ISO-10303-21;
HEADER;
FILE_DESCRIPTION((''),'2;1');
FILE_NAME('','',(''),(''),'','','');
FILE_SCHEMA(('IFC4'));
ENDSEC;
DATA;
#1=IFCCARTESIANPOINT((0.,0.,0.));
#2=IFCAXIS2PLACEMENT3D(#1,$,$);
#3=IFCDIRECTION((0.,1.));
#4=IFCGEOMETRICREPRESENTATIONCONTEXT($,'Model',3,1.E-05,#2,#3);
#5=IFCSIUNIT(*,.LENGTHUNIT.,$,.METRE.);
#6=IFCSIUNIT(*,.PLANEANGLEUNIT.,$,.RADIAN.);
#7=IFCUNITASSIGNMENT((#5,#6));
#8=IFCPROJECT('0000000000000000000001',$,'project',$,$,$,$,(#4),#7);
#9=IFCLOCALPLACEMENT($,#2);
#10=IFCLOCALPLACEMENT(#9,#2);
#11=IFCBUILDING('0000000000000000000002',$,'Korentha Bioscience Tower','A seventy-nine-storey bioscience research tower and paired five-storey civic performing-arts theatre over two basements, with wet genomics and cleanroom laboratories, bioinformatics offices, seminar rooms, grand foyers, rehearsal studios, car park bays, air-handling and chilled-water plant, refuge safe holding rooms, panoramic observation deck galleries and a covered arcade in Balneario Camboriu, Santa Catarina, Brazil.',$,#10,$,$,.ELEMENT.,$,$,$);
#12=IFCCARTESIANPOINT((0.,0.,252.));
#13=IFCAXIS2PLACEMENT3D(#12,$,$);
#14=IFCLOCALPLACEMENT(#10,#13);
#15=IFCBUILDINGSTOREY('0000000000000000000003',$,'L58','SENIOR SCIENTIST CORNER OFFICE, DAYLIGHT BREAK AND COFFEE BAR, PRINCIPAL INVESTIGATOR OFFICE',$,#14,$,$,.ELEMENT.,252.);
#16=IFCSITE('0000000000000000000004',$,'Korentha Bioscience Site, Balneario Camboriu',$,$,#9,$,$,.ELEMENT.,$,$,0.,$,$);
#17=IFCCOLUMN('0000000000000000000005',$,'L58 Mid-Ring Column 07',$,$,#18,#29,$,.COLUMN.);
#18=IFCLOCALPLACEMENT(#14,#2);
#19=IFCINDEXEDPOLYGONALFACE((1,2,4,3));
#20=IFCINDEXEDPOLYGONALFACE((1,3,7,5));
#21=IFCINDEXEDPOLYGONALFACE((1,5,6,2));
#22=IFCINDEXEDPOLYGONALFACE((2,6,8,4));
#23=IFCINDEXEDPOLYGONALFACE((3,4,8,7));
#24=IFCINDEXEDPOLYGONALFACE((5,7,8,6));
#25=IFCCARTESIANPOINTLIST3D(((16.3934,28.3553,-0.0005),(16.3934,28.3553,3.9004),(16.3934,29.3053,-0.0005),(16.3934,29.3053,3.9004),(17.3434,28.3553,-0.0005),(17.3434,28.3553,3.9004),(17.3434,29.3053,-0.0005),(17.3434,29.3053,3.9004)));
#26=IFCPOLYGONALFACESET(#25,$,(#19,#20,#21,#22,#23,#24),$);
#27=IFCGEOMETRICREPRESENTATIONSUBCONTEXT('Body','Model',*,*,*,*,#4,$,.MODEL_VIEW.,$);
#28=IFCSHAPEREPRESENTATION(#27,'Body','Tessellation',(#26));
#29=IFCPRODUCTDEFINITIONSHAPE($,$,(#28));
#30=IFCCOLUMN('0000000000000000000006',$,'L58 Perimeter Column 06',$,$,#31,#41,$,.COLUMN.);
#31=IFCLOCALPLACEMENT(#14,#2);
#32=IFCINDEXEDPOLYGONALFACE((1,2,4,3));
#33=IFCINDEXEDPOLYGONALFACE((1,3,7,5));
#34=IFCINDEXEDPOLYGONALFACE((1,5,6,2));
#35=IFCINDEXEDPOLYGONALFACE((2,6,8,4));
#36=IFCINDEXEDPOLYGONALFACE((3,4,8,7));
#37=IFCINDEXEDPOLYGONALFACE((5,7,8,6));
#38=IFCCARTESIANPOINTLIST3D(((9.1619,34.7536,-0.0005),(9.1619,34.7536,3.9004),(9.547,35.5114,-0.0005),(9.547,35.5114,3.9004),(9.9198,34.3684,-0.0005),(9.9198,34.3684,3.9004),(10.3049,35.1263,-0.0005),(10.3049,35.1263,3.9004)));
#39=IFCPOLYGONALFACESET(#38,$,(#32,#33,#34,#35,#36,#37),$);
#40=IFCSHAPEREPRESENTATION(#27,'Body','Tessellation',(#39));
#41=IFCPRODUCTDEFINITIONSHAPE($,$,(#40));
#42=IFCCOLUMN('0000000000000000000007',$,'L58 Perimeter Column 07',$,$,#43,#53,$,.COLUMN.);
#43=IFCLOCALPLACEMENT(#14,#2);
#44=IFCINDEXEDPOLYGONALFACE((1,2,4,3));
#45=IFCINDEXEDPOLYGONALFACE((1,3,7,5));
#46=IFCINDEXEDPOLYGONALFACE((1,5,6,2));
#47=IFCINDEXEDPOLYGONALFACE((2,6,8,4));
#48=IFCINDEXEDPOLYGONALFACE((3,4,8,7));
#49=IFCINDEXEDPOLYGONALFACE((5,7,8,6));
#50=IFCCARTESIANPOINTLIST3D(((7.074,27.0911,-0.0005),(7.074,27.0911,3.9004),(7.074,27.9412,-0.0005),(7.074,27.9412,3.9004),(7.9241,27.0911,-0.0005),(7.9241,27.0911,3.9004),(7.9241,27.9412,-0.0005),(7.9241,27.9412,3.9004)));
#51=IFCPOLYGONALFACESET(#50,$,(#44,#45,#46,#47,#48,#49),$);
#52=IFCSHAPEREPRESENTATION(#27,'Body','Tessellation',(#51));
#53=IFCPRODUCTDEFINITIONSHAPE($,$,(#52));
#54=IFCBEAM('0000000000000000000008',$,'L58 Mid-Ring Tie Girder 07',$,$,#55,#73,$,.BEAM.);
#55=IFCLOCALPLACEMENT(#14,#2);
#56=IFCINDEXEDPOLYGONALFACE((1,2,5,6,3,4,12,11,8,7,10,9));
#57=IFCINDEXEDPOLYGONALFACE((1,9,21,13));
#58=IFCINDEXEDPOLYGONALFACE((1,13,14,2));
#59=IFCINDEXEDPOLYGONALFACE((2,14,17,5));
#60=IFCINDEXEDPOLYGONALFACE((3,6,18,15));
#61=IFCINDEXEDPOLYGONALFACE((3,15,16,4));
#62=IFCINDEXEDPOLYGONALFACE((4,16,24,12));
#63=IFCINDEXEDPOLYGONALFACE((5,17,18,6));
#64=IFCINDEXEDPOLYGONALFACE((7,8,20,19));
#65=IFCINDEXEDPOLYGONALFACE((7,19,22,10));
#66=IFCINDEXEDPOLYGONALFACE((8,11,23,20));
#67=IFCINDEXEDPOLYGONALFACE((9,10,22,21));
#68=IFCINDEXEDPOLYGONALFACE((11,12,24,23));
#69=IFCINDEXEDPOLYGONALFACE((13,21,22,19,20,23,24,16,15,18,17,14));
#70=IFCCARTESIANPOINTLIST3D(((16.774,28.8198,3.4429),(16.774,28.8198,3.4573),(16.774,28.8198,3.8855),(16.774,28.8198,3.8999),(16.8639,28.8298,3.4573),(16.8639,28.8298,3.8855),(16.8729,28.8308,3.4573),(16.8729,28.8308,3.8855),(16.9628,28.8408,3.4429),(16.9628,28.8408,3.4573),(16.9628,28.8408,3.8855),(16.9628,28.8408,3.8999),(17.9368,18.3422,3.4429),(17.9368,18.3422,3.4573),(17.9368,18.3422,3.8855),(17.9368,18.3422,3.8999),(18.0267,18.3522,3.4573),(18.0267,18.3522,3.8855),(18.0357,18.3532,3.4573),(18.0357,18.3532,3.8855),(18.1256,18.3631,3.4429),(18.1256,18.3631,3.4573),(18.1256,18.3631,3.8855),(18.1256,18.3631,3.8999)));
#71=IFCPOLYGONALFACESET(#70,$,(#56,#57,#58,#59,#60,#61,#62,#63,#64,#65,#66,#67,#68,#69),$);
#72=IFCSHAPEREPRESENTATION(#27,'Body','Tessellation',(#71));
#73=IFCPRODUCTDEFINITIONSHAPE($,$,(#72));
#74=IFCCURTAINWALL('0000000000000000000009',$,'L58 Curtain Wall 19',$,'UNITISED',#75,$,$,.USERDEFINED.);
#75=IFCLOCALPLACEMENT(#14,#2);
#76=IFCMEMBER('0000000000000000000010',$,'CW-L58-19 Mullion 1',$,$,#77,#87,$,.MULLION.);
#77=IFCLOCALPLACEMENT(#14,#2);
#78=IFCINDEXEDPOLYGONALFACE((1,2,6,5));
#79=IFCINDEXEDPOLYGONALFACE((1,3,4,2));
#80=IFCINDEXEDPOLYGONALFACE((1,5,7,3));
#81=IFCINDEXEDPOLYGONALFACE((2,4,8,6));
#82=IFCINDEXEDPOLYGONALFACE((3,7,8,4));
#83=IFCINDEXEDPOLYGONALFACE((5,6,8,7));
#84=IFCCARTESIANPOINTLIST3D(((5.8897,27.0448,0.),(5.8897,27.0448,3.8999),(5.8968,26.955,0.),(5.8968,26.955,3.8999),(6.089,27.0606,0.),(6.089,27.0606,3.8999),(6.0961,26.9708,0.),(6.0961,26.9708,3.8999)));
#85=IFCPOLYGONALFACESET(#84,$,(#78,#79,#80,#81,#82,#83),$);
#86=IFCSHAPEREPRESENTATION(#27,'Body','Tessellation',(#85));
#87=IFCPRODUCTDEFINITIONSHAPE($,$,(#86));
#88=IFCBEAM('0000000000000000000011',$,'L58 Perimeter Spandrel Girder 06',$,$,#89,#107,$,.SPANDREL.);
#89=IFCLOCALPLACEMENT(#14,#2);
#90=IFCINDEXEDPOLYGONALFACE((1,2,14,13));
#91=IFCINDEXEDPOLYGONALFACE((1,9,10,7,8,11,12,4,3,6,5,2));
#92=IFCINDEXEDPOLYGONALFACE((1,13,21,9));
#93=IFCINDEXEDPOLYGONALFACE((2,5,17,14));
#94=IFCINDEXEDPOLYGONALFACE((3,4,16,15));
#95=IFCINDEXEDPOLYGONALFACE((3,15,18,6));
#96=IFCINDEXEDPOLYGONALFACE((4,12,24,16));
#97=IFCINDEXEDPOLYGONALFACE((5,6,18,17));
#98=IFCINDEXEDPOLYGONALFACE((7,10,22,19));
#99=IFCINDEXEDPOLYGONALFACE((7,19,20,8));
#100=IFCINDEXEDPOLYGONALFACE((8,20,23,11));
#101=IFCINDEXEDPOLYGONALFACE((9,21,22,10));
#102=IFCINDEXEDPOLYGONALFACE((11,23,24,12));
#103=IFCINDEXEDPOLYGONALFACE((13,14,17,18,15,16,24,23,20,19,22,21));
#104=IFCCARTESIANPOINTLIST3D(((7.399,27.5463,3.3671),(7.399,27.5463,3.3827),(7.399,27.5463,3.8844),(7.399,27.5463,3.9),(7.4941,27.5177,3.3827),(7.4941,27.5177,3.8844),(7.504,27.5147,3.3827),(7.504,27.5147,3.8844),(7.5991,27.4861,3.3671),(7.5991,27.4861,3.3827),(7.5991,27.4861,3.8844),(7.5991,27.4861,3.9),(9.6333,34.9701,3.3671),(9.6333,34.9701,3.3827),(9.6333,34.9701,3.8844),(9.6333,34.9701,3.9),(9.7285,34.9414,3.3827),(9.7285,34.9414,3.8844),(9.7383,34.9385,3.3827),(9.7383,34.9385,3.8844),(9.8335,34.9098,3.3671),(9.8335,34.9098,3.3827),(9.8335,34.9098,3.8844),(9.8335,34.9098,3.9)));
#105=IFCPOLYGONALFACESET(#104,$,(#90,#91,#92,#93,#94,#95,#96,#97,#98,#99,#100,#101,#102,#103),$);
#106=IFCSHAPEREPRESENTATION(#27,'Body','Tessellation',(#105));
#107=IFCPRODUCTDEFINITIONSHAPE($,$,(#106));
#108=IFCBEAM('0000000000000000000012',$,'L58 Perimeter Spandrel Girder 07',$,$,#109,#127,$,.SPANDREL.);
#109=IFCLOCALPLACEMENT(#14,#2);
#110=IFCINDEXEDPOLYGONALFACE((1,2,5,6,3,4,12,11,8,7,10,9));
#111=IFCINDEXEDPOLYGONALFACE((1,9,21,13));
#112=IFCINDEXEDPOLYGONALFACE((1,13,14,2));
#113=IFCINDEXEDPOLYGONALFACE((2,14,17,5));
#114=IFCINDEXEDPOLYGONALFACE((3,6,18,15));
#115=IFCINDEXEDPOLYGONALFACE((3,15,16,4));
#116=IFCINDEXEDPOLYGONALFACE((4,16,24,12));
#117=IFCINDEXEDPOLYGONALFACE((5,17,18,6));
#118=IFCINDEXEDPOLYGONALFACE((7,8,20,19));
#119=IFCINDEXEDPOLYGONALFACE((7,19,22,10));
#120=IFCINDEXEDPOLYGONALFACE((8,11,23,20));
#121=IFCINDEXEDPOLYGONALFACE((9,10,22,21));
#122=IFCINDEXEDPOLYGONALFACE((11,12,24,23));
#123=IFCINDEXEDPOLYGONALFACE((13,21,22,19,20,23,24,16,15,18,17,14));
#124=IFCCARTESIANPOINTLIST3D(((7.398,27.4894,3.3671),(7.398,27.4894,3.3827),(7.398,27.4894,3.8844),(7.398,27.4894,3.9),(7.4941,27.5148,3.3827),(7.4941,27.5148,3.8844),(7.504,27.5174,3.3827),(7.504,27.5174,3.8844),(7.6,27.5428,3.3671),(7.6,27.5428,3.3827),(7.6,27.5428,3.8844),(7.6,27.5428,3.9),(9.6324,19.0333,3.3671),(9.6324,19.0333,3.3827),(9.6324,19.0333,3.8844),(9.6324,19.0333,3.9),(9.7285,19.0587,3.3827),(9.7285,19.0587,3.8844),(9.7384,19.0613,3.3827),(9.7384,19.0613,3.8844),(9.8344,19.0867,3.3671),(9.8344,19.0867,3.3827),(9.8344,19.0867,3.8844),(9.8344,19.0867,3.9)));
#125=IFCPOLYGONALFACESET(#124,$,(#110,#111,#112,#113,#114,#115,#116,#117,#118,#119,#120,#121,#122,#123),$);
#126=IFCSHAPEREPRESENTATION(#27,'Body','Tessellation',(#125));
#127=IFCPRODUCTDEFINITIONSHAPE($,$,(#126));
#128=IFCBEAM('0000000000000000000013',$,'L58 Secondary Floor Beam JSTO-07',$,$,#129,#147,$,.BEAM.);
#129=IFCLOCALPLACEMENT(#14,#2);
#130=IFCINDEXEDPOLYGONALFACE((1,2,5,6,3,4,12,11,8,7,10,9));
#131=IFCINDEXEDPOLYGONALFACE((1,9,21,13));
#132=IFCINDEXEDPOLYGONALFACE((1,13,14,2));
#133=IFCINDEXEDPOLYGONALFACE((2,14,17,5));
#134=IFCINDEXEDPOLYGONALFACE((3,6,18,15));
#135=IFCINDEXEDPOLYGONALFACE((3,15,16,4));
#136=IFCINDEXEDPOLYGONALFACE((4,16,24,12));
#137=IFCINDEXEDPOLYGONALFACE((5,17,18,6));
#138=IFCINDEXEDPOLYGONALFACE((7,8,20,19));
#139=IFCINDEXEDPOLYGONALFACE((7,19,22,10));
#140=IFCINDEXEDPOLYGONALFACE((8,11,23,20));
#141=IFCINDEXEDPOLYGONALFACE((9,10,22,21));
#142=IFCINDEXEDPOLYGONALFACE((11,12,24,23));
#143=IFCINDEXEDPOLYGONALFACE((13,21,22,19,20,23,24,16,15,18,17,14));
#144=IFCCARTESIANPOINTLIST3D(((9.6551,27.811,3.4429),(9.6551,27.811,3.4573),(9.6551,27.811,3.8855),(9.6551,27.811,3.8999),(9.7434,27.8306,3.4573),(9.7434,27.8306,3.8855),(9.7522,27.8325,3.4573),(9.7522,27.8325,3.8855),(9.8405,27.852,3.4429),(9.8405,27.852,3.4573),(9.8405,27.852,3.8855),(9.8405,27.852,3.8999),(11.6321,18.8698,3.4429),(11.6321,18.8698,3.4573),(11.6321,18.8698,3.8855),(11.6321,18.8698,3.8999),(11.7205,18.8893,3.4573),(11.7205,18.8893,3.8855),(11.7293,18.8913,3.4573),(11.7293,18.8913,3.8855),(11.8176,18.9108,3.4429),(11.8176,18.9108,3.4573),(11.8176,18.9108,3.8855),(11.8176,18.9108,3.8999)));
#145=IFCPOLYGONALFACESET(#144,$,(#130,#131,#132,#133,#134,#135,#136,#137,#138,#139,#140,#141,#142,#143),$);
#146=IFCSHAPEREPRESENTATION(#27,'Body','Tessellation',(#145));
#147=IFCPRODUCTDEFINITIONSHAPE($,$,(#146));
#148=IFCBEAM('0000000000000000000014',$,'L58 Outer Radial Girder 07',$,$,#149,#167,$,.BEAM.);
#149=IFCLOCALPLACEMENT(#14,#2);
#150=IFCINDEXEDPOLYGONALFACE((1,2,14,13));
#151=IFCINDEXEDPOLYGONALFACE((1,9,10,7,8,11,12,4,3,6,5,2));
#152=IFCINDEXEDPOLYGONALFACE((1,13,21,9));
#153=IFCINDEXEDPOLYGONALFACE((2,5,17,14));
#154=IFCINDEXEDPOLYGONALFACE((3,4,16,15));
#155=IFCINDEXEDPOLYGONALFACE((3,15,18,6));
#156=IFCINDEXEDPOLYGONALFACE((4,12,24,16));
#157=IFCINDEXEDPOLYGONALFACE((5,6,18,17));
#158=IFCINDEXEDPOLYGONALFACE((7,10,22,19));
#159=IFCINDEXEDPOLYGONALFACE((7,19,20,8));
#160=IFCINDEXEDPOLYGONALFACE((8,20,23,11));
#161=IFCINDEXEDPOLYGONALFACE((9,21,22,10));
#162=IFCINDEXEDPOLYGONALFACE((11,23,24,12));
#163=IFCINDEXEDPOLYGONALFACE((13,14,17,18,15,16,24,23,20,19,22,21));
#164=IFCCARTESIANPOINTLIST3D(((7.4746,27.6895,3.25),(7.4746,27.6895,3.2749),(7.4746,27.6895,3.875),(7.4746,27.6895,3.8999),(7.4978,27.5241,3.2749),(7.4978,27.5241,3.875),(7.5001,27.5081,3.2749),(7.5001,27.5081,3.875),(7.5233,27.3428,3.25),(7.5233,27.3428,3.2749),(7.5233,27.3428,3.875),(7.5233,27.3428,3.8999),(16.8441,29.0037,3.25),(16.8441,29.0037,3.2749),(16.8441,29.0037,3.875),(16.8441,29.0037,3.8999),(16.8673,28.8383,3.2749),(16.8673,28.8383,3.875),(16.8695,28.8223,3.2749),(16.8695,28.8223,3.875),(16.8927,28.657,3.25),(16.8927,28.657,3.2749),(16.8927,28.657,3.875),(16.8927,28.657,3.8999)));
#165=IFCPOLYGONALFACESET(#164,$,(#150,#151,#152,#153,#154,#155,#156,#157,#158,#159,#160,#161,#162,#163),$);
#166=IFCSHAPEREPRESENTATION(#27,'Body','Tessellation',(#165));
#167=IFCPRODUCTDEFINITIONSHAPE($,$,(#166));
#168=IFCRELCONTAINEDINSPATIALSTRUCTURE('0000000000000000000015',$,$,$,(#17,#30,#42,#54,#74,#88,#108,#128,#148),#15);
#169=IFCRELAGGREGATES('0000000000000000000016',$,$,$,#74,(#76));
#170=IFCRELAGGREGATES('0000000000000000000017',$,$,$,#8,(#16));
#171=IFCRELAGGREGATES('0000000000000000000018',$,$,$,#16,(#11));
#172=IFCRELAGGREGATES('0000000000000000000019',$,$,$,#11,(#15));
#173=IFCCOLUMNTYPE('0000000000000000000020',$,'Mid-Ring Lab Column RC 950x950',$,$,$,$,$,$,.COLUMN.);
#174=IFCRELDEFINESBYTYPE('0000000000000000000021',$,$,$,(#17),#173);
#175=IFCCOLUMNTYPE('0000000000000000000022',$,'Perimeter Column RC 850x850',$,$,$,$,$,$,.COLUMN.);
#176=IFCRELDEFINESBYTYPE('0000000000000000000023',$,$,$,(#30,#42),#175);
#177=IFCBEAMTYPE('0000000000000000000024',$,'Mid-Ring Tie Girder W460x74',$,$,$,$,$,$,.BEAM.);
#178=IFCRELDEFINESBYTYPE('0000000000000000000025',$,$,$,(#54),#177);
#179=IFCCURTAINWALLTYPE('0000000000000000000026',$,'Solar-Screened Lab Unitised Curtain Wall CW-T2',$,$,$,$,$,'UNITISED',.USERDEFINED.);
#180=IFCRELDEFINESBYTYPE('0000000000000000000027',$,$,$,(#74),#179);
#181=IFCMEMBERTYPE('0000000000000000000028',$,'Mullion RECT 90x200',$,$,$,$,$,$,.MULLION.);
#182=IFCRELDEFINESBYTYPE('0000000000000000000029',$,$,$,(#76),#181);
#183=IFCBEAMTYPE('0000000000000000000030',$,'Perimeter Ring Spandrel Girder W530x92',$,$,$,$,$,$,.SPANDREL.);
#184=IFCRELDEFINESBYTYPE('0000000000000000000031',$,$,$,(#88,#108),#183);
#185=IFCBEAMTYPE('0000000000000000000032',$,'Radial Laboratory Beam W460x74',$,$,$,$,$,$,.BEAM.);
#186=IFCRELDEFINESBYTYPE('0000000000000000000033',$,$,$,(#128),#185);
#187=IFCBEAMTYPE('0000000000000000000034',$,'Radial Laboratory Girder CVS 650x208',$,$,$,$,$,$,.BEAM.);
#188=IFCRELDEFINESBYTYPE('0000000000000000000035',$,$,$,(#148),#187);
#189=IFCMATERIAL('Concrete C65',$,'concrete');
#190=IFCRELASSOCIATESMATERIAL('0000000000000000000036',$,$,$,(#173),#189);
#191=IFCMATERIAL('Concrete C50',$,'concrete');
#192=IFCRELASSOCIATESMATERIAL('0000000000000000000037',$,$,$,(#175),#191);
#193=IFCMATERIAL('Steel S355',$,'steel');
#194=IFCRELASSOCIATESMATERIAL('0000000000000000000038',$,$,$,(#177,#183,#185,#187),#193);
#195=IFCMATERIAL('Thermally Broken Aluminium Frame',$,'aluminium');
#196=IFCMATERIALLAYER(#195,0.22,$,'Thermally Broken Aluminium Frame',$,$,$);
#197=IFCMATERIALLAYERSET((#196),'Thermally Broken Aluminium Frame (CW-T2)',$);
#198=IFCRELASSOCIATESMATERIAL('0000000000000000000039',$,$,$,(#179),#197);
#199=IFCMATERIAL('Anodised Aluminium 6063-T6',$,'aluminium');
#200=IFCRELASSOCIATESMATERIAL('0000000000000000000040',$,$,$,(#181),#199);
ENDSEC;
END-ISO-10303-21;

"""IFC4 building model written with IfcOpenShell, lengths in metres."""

from ifc_helpers import new_model, si_unit, direction, frame, origin, origin_2d, place, context, subcontext, project, spatial, rectangle, i_section, extrude, material, layer, layer_set, material_profile, profile_set, type_object, element, aggregate, save


model = new_model("IFC4")

# Units and contexts
model_context = context("Model", 3, precision=1e-05, world=origin(), true_north=direction((0.0, 1.0)))
body_context = subcontext(model_context, "Body", "Model", "MODEL_VIEW")
ifc_project = project(units=[si_unit("LENGTHUNIT", "METRE"), si_unit("PLANEANGLEUNIT", "RADIAN")], contexts=[model_context])

# Site, building, storey
site_placement = place(None, origin())
site = spatial("IfcSite", under=ifc_project, at=site_placement, Name="Korentha Bioscience Site, Balneario Camboriu", CompositionType="ELEMENT", RefElevation=0.0)
building_placement = place(site_placement, origin())
building = spatial("IfcBuilding", under=site, at=building_placement, Name="Korentha Bioscience Tower", Description="A seventy-nine-storey bioscience research tower and paired five-storey civic performing-arts theatre over two basements, with wet genomics and cleanroom laboratories, bioinformatics offices, seminar rooms, grand foyers, rehearsal studios, car park bays, air-handling and chilled-water plant, refuge safe holding rooms, panoramic observation deck galleries and a covered arcade in Balneario Camboriu, Santa Catarina, Brazil.", CompositionType="ELEMENT")
storey_placement = place(building_placement, frame((0.0, 0.0, 252.0)))
storey = spatial("IfcBuildingStorey", under=building, at=storey_placement, Name="L58", Description="SENIOR SCIENTIST CORNER OFFICE, DAYLIGHT BREAK AND COFFEE BAR, PRINCIPAL INVESTIGATOR OFFICE", CompositionType="ELEMENT", Elevation=252.0)

# Columns
ifc_material_1 = material(Name="Concrete C65", Category="concrete")
ifc_material_profile_1 = material_profile(ifc_material_1, rectangle(XDim=0.95, YDim=0.95, at=origin_2d()), Name="Concrete C65")
ifc_profile_set_1 = profile_set([ifc_material_profile_1], Name="Concrete C65 (COL-MR09)")
column_type_1 = type_object("IfcColumnType", Name="Mid-Ring Lab Column RC 950x950", PredefinedType="COLUMN", material=ifc_profile_set_1)
column_placement = place(storey_placement, frame((16.8684, 28.8303, -0.0005), z_axis=(0.0, 0.0, 1.0), x_axis=(1.0, 0.0, 0.0)))
element("IfcColumn", 1, at=column_placement, inside=storey, type_object=column_type_1, Name="L58 Mid-Ring Column 07", PredefinedType="COLUMN", context=body_context, shape_type="SweptSolid", body=[
    extrude(rectangle(XDim=0.95, YDim=0.95, at=origin_2d()), origin(), (0.0, 0.0, 1.0), 3.9009),
])
ifc_material_2 = material(Name="Concrete C50", Category="concrete")
ifc_material_profile_2 = material_profile(ifc_material_2, rectangle(XDim=0.8501, YDim=0.8501, at=origin_2d()), Name="Concrete C50")
ifc_profile_set_2 = profile_set([ifc_material_profile_2], Name="Concrete C50 (COL-P08)")
column_type_2 = type_object("IfcColumnType", Name="Perimeter Column RC 850x850", PredefinedType="COLUMN", material=ifc_profile_set_2)
for number, where, z_axis, x_axis, name in (
    (2, (9.7334, 34.9399, -0.0005), (0.0, 0.0, 1.0), (0.453057, 0.891481, 0.0), "L58 Perimeter Column 06"),
    (3, (7.499, 27.5161, -0.0005), (0.0, 0.0, 1.0), (0.0, 1.0, 0.0), "L58 Perimeter Column 07"),
):
    element("IfcColumn", number, at=place(storey_placement, frame(where, z_axis=z_axis, x_axis=x_axis)), inside=storey, type_object=column_type_2, Name=name, PredefinedType="COLUMN", context=body_context, shape_type="SweptSolid", body=[
        extrude(rectangle(XDim=0.8501, YDim=0.8501, at=origin_2d()), origin(), (0.0, 0.0, 1.0), 3.9009),
    ])

# Beam
ifc_material_3 = material(Name="Steel S355", Category="steel")
ifc_material_profile_3 = material_profile(ifc_material_3, i_section(OverallWidth=0.1899, OverallDepth=0.457, WebThickness=0.009, FlangeThickness=0.0144, at=origin_2d()), Name="Steel S355")
ifc_profile_set_3 = profile_set([ifc_material_profile_3], Name="Steel S355 (MB-460)")
beam_type_1 = type_object("IfcBeamType", Name="Mid-Ring Tie Girder W460x74", PredefinedType="BEAM", material=ifc_profile_set_3)
beam_1_placement = place(storey_placement, frame((16.8684, 28.8303, 3.6714), z_axis=(0.110304, -0.993898, 0.0), x_axis=(0.993898, 0.110304, 0.0)))
element("IfcBeam", 4, at=beam_1_placement, inside=storey, type_object=beam_type_1, Name="L58 Mid-Ring Tie Girder 07", PredefinedType="BEAM", context=body_context, shape_type="SweptSolid", body=[
    extrude(i_section(OverallWidth=0.1899, OverallDepth=0.457, WebThickness=0.009, FlangeThickness=0.0144, at=origin_2d()), origin(), (0.0, 0.0, 1.0), 10.542),
])

# Curtain wall, member
ifc_material_4 = material(Name="Thermally Broken Aluminium Frame", Category="aluminium")
ifc_layer_1 = layer(ifc_material_4, 0.22, Name="Thermally Broken Aluminium Frame")
ifc_layer_set_1 = layer_set([ifc_layer_1], Name="Thermally Broken Aluminium Frame (CW-T2)")
curtain_wall_type = type_object("IfcCurtainWallType", Name="Solar-Screened Lab Unitised Curtain Wall CW-T2", ElementType="UNITISED", PredefinedType="USERDEFINED", material=ifc_layer_set_1)
curtain_wall_placement = place(storey_placement, origin())
curtain_wall = element("IfcCurtainWall", 5, at=curtain_wall_placement, inside=storey, type_object=curtain_wall_type, Name="L58 Curtain Wall 19", ObjectType="UNITISED", PredefinedType="USERDEFINED")
ifc_material_5 = material(Name="Anodised Aluminium 6063-T6", Category="aluminium")
ifc_material_profile_4 = material_profile(ifc_material_5, rectangle(XDim=0.0901, YDim=0.2, at=origin_2d()), Name="Anodised Aluminium 6063-T6")
ifc_profile_set_4 = profile_set([ifc_material_profile_4], Name="Anodised Aluminium 6063-T6 (CW-MUL)")
member_type_1 = type_object("IfcMemberType", Name="Mullion RECT 90x200", PredefinedType="MULLION", material=ifc_profile_set_4)
member_1_placement = place(storey_placement, frame((5.9929, 27.0078, 0.0), z_axis=(0.0, 0.0, 1.0), x_axis=(0.079117, -0.996865, 0.0)))
member_1 = element("IfcMember", 6, at=member_1_placement, type_object=member_type_1, Name="CW-L58-19 Mullion 1", PredefinedType="MULLION", context=body_context, shape_type="SweptSolid", body=[
    extrude(rectangle(XDim=0.0901, YDim=0.2, at=origin_2d()), origin(), (0.0, 0.0, 1.0), 3.8999),
])

# Beams
ifc_material_profile_5 = material_profile(ifc_material_3, i_section(OverallWidth=0.209, OverallDepth=0.533, WebThickness=0.0103, FlangeThickness=0.0156, at=origin_2d()), Name="Steel S355")
ifc_profile_set_5 = profile_set([ifc_material_profile_5], Name="Steel S355 (SB-530)")
beam_type_2 = type_object("IfcBeamType", Name="Perimeter Ring Spandrel Girder W530x92", PredefinedType="SPANDREL", material=ifc_profile_set_5)
beam_2_placement = place(storey_placement, frame((9.7334, 34.9399, 3.6335), z_axis=(-0.288203, -0.957569, 0.0), x_axis=(0.957569, -0.288203, 0.0)))
element("IfcBeam", 7, at=beam_2_placement, inside=storey, type_object=beam_type_2, Name="L58 Perimeter Spandrel Girder 06", PredefinedType="SPANDREL", context=body_context, shape_type="SweptSolid", body=[
    extrude(i_section(OverallWidth=0.209, OverallDepth=0.533, WebThickness=0.0103, FlangeThickness=0.0156, at=origin_2d()), origin(), (0.0, 0.0, 1.0), 7.7527),
])
beam_3_placement = place(storey_placement, frame((7.499, 27.5161, 3.6335), z_axis=(0.255466, -0.966818, 0.0), x_axis=(0.966818, 0.255466, 0.0)))
element("IfcBeam", 8, at=beam_3_placement, inside=storey, type_object=beam_type_2, Name="L58 Perimeter Spandrel Girder 07", PredefinedType="SPANDREL", context=body_context, shape_type="SweptSolid", body=[
    extrude(i_section(OverallWidth=0.209, OverallDepth=0.533, WebThickness=0.0103, FlangeThickness=0.0156, at=origin_2d()), origin(), (0.0, 0.0, 1.0), 8.7463),
])
ifc_material_profile_6 = material_profile(ifc_material_3, i_section(OverallWidth=0.1899, OverallDepth=0.457, WebThickness=0.009, FlangeThickness=0.0144, at=origin_2d()), Name="Steel S355")
ifc_profile_set_6 = profile_set([ifc_material_profile_6], Name="Steel S355 (RB-460)")
beam_type_3 = type_object("IfcBeamType", Name="Radial Laboratory Beam W460x74", PredefinedType="BEAM", material=ifc_profile_set_6)
beam_4_placement = place(storey_placement, frame((9.7478, 27.8315, 3.6714), z_axis=(0.215903, -0.976415, 0.0), x_axis=(0.976415, 0.215903, 0.0)))
element("IfcBeam", 9, at=beam_4_placement, inside=storey, type_object=beam_type_3, Name="L58 Secondary Floor Beam JSTO-07", PredefinedType="BEAM", context=body_context, shape_type="SweptSolid", body=[
    extrude(i_section(OverallWidth=0.1899, OverallDepth=0.457, WebThickness=0.009, FlangeThickness=0.0144, at=origin_2d()), origin(), (0.0, 0.0, 1.0), 9.1572),
])
ifc_material_profile_7 = material_profile(ifc_material_3, i_section(OverallWidth=0.3501, OverallDepth=0.6499, WebThickness=0.0161, FlangeThickness=0.0249, at=origin_2d()), Name="Steel S355")
ifc_profile_set_7 = profile_set([ifc_material_profile_7], Name="Steel S355 (RB-650)")
beam_type_4 = type_object("IfcBeamType", Name="Radial Laboratory Girder CVS 650x208", PredefinedType="BEAM", material=ifc_profile_set_7)
beam_5_placement = place(storey_placement, frame((16.8684, 28.8303, 3.575), z_axis=(-0.990306, -0.138906, 0.0), x_axis=(0.138906, -0.990306, 0.0)))
element("IfcBeam", 10, at=beam_5_placement, inside=storey, type_object=beam_type_4, Name="L58 Outer Radial Girder 07", PredefinedType="BEAM", context=body_context, shape_type="SweptSolid", body=[
    extrude(i_section(OverallWidth=0.3501, OverallDepth=0.6499, WebThickness=0.0161, FlangeThickness=0.0249, at=origin_2d()), origin(), (0.0, 0.0, 1.0), 9.4612),
])

aggregate(curtain_wall, [member_1])

save(model, "model.ifc")
